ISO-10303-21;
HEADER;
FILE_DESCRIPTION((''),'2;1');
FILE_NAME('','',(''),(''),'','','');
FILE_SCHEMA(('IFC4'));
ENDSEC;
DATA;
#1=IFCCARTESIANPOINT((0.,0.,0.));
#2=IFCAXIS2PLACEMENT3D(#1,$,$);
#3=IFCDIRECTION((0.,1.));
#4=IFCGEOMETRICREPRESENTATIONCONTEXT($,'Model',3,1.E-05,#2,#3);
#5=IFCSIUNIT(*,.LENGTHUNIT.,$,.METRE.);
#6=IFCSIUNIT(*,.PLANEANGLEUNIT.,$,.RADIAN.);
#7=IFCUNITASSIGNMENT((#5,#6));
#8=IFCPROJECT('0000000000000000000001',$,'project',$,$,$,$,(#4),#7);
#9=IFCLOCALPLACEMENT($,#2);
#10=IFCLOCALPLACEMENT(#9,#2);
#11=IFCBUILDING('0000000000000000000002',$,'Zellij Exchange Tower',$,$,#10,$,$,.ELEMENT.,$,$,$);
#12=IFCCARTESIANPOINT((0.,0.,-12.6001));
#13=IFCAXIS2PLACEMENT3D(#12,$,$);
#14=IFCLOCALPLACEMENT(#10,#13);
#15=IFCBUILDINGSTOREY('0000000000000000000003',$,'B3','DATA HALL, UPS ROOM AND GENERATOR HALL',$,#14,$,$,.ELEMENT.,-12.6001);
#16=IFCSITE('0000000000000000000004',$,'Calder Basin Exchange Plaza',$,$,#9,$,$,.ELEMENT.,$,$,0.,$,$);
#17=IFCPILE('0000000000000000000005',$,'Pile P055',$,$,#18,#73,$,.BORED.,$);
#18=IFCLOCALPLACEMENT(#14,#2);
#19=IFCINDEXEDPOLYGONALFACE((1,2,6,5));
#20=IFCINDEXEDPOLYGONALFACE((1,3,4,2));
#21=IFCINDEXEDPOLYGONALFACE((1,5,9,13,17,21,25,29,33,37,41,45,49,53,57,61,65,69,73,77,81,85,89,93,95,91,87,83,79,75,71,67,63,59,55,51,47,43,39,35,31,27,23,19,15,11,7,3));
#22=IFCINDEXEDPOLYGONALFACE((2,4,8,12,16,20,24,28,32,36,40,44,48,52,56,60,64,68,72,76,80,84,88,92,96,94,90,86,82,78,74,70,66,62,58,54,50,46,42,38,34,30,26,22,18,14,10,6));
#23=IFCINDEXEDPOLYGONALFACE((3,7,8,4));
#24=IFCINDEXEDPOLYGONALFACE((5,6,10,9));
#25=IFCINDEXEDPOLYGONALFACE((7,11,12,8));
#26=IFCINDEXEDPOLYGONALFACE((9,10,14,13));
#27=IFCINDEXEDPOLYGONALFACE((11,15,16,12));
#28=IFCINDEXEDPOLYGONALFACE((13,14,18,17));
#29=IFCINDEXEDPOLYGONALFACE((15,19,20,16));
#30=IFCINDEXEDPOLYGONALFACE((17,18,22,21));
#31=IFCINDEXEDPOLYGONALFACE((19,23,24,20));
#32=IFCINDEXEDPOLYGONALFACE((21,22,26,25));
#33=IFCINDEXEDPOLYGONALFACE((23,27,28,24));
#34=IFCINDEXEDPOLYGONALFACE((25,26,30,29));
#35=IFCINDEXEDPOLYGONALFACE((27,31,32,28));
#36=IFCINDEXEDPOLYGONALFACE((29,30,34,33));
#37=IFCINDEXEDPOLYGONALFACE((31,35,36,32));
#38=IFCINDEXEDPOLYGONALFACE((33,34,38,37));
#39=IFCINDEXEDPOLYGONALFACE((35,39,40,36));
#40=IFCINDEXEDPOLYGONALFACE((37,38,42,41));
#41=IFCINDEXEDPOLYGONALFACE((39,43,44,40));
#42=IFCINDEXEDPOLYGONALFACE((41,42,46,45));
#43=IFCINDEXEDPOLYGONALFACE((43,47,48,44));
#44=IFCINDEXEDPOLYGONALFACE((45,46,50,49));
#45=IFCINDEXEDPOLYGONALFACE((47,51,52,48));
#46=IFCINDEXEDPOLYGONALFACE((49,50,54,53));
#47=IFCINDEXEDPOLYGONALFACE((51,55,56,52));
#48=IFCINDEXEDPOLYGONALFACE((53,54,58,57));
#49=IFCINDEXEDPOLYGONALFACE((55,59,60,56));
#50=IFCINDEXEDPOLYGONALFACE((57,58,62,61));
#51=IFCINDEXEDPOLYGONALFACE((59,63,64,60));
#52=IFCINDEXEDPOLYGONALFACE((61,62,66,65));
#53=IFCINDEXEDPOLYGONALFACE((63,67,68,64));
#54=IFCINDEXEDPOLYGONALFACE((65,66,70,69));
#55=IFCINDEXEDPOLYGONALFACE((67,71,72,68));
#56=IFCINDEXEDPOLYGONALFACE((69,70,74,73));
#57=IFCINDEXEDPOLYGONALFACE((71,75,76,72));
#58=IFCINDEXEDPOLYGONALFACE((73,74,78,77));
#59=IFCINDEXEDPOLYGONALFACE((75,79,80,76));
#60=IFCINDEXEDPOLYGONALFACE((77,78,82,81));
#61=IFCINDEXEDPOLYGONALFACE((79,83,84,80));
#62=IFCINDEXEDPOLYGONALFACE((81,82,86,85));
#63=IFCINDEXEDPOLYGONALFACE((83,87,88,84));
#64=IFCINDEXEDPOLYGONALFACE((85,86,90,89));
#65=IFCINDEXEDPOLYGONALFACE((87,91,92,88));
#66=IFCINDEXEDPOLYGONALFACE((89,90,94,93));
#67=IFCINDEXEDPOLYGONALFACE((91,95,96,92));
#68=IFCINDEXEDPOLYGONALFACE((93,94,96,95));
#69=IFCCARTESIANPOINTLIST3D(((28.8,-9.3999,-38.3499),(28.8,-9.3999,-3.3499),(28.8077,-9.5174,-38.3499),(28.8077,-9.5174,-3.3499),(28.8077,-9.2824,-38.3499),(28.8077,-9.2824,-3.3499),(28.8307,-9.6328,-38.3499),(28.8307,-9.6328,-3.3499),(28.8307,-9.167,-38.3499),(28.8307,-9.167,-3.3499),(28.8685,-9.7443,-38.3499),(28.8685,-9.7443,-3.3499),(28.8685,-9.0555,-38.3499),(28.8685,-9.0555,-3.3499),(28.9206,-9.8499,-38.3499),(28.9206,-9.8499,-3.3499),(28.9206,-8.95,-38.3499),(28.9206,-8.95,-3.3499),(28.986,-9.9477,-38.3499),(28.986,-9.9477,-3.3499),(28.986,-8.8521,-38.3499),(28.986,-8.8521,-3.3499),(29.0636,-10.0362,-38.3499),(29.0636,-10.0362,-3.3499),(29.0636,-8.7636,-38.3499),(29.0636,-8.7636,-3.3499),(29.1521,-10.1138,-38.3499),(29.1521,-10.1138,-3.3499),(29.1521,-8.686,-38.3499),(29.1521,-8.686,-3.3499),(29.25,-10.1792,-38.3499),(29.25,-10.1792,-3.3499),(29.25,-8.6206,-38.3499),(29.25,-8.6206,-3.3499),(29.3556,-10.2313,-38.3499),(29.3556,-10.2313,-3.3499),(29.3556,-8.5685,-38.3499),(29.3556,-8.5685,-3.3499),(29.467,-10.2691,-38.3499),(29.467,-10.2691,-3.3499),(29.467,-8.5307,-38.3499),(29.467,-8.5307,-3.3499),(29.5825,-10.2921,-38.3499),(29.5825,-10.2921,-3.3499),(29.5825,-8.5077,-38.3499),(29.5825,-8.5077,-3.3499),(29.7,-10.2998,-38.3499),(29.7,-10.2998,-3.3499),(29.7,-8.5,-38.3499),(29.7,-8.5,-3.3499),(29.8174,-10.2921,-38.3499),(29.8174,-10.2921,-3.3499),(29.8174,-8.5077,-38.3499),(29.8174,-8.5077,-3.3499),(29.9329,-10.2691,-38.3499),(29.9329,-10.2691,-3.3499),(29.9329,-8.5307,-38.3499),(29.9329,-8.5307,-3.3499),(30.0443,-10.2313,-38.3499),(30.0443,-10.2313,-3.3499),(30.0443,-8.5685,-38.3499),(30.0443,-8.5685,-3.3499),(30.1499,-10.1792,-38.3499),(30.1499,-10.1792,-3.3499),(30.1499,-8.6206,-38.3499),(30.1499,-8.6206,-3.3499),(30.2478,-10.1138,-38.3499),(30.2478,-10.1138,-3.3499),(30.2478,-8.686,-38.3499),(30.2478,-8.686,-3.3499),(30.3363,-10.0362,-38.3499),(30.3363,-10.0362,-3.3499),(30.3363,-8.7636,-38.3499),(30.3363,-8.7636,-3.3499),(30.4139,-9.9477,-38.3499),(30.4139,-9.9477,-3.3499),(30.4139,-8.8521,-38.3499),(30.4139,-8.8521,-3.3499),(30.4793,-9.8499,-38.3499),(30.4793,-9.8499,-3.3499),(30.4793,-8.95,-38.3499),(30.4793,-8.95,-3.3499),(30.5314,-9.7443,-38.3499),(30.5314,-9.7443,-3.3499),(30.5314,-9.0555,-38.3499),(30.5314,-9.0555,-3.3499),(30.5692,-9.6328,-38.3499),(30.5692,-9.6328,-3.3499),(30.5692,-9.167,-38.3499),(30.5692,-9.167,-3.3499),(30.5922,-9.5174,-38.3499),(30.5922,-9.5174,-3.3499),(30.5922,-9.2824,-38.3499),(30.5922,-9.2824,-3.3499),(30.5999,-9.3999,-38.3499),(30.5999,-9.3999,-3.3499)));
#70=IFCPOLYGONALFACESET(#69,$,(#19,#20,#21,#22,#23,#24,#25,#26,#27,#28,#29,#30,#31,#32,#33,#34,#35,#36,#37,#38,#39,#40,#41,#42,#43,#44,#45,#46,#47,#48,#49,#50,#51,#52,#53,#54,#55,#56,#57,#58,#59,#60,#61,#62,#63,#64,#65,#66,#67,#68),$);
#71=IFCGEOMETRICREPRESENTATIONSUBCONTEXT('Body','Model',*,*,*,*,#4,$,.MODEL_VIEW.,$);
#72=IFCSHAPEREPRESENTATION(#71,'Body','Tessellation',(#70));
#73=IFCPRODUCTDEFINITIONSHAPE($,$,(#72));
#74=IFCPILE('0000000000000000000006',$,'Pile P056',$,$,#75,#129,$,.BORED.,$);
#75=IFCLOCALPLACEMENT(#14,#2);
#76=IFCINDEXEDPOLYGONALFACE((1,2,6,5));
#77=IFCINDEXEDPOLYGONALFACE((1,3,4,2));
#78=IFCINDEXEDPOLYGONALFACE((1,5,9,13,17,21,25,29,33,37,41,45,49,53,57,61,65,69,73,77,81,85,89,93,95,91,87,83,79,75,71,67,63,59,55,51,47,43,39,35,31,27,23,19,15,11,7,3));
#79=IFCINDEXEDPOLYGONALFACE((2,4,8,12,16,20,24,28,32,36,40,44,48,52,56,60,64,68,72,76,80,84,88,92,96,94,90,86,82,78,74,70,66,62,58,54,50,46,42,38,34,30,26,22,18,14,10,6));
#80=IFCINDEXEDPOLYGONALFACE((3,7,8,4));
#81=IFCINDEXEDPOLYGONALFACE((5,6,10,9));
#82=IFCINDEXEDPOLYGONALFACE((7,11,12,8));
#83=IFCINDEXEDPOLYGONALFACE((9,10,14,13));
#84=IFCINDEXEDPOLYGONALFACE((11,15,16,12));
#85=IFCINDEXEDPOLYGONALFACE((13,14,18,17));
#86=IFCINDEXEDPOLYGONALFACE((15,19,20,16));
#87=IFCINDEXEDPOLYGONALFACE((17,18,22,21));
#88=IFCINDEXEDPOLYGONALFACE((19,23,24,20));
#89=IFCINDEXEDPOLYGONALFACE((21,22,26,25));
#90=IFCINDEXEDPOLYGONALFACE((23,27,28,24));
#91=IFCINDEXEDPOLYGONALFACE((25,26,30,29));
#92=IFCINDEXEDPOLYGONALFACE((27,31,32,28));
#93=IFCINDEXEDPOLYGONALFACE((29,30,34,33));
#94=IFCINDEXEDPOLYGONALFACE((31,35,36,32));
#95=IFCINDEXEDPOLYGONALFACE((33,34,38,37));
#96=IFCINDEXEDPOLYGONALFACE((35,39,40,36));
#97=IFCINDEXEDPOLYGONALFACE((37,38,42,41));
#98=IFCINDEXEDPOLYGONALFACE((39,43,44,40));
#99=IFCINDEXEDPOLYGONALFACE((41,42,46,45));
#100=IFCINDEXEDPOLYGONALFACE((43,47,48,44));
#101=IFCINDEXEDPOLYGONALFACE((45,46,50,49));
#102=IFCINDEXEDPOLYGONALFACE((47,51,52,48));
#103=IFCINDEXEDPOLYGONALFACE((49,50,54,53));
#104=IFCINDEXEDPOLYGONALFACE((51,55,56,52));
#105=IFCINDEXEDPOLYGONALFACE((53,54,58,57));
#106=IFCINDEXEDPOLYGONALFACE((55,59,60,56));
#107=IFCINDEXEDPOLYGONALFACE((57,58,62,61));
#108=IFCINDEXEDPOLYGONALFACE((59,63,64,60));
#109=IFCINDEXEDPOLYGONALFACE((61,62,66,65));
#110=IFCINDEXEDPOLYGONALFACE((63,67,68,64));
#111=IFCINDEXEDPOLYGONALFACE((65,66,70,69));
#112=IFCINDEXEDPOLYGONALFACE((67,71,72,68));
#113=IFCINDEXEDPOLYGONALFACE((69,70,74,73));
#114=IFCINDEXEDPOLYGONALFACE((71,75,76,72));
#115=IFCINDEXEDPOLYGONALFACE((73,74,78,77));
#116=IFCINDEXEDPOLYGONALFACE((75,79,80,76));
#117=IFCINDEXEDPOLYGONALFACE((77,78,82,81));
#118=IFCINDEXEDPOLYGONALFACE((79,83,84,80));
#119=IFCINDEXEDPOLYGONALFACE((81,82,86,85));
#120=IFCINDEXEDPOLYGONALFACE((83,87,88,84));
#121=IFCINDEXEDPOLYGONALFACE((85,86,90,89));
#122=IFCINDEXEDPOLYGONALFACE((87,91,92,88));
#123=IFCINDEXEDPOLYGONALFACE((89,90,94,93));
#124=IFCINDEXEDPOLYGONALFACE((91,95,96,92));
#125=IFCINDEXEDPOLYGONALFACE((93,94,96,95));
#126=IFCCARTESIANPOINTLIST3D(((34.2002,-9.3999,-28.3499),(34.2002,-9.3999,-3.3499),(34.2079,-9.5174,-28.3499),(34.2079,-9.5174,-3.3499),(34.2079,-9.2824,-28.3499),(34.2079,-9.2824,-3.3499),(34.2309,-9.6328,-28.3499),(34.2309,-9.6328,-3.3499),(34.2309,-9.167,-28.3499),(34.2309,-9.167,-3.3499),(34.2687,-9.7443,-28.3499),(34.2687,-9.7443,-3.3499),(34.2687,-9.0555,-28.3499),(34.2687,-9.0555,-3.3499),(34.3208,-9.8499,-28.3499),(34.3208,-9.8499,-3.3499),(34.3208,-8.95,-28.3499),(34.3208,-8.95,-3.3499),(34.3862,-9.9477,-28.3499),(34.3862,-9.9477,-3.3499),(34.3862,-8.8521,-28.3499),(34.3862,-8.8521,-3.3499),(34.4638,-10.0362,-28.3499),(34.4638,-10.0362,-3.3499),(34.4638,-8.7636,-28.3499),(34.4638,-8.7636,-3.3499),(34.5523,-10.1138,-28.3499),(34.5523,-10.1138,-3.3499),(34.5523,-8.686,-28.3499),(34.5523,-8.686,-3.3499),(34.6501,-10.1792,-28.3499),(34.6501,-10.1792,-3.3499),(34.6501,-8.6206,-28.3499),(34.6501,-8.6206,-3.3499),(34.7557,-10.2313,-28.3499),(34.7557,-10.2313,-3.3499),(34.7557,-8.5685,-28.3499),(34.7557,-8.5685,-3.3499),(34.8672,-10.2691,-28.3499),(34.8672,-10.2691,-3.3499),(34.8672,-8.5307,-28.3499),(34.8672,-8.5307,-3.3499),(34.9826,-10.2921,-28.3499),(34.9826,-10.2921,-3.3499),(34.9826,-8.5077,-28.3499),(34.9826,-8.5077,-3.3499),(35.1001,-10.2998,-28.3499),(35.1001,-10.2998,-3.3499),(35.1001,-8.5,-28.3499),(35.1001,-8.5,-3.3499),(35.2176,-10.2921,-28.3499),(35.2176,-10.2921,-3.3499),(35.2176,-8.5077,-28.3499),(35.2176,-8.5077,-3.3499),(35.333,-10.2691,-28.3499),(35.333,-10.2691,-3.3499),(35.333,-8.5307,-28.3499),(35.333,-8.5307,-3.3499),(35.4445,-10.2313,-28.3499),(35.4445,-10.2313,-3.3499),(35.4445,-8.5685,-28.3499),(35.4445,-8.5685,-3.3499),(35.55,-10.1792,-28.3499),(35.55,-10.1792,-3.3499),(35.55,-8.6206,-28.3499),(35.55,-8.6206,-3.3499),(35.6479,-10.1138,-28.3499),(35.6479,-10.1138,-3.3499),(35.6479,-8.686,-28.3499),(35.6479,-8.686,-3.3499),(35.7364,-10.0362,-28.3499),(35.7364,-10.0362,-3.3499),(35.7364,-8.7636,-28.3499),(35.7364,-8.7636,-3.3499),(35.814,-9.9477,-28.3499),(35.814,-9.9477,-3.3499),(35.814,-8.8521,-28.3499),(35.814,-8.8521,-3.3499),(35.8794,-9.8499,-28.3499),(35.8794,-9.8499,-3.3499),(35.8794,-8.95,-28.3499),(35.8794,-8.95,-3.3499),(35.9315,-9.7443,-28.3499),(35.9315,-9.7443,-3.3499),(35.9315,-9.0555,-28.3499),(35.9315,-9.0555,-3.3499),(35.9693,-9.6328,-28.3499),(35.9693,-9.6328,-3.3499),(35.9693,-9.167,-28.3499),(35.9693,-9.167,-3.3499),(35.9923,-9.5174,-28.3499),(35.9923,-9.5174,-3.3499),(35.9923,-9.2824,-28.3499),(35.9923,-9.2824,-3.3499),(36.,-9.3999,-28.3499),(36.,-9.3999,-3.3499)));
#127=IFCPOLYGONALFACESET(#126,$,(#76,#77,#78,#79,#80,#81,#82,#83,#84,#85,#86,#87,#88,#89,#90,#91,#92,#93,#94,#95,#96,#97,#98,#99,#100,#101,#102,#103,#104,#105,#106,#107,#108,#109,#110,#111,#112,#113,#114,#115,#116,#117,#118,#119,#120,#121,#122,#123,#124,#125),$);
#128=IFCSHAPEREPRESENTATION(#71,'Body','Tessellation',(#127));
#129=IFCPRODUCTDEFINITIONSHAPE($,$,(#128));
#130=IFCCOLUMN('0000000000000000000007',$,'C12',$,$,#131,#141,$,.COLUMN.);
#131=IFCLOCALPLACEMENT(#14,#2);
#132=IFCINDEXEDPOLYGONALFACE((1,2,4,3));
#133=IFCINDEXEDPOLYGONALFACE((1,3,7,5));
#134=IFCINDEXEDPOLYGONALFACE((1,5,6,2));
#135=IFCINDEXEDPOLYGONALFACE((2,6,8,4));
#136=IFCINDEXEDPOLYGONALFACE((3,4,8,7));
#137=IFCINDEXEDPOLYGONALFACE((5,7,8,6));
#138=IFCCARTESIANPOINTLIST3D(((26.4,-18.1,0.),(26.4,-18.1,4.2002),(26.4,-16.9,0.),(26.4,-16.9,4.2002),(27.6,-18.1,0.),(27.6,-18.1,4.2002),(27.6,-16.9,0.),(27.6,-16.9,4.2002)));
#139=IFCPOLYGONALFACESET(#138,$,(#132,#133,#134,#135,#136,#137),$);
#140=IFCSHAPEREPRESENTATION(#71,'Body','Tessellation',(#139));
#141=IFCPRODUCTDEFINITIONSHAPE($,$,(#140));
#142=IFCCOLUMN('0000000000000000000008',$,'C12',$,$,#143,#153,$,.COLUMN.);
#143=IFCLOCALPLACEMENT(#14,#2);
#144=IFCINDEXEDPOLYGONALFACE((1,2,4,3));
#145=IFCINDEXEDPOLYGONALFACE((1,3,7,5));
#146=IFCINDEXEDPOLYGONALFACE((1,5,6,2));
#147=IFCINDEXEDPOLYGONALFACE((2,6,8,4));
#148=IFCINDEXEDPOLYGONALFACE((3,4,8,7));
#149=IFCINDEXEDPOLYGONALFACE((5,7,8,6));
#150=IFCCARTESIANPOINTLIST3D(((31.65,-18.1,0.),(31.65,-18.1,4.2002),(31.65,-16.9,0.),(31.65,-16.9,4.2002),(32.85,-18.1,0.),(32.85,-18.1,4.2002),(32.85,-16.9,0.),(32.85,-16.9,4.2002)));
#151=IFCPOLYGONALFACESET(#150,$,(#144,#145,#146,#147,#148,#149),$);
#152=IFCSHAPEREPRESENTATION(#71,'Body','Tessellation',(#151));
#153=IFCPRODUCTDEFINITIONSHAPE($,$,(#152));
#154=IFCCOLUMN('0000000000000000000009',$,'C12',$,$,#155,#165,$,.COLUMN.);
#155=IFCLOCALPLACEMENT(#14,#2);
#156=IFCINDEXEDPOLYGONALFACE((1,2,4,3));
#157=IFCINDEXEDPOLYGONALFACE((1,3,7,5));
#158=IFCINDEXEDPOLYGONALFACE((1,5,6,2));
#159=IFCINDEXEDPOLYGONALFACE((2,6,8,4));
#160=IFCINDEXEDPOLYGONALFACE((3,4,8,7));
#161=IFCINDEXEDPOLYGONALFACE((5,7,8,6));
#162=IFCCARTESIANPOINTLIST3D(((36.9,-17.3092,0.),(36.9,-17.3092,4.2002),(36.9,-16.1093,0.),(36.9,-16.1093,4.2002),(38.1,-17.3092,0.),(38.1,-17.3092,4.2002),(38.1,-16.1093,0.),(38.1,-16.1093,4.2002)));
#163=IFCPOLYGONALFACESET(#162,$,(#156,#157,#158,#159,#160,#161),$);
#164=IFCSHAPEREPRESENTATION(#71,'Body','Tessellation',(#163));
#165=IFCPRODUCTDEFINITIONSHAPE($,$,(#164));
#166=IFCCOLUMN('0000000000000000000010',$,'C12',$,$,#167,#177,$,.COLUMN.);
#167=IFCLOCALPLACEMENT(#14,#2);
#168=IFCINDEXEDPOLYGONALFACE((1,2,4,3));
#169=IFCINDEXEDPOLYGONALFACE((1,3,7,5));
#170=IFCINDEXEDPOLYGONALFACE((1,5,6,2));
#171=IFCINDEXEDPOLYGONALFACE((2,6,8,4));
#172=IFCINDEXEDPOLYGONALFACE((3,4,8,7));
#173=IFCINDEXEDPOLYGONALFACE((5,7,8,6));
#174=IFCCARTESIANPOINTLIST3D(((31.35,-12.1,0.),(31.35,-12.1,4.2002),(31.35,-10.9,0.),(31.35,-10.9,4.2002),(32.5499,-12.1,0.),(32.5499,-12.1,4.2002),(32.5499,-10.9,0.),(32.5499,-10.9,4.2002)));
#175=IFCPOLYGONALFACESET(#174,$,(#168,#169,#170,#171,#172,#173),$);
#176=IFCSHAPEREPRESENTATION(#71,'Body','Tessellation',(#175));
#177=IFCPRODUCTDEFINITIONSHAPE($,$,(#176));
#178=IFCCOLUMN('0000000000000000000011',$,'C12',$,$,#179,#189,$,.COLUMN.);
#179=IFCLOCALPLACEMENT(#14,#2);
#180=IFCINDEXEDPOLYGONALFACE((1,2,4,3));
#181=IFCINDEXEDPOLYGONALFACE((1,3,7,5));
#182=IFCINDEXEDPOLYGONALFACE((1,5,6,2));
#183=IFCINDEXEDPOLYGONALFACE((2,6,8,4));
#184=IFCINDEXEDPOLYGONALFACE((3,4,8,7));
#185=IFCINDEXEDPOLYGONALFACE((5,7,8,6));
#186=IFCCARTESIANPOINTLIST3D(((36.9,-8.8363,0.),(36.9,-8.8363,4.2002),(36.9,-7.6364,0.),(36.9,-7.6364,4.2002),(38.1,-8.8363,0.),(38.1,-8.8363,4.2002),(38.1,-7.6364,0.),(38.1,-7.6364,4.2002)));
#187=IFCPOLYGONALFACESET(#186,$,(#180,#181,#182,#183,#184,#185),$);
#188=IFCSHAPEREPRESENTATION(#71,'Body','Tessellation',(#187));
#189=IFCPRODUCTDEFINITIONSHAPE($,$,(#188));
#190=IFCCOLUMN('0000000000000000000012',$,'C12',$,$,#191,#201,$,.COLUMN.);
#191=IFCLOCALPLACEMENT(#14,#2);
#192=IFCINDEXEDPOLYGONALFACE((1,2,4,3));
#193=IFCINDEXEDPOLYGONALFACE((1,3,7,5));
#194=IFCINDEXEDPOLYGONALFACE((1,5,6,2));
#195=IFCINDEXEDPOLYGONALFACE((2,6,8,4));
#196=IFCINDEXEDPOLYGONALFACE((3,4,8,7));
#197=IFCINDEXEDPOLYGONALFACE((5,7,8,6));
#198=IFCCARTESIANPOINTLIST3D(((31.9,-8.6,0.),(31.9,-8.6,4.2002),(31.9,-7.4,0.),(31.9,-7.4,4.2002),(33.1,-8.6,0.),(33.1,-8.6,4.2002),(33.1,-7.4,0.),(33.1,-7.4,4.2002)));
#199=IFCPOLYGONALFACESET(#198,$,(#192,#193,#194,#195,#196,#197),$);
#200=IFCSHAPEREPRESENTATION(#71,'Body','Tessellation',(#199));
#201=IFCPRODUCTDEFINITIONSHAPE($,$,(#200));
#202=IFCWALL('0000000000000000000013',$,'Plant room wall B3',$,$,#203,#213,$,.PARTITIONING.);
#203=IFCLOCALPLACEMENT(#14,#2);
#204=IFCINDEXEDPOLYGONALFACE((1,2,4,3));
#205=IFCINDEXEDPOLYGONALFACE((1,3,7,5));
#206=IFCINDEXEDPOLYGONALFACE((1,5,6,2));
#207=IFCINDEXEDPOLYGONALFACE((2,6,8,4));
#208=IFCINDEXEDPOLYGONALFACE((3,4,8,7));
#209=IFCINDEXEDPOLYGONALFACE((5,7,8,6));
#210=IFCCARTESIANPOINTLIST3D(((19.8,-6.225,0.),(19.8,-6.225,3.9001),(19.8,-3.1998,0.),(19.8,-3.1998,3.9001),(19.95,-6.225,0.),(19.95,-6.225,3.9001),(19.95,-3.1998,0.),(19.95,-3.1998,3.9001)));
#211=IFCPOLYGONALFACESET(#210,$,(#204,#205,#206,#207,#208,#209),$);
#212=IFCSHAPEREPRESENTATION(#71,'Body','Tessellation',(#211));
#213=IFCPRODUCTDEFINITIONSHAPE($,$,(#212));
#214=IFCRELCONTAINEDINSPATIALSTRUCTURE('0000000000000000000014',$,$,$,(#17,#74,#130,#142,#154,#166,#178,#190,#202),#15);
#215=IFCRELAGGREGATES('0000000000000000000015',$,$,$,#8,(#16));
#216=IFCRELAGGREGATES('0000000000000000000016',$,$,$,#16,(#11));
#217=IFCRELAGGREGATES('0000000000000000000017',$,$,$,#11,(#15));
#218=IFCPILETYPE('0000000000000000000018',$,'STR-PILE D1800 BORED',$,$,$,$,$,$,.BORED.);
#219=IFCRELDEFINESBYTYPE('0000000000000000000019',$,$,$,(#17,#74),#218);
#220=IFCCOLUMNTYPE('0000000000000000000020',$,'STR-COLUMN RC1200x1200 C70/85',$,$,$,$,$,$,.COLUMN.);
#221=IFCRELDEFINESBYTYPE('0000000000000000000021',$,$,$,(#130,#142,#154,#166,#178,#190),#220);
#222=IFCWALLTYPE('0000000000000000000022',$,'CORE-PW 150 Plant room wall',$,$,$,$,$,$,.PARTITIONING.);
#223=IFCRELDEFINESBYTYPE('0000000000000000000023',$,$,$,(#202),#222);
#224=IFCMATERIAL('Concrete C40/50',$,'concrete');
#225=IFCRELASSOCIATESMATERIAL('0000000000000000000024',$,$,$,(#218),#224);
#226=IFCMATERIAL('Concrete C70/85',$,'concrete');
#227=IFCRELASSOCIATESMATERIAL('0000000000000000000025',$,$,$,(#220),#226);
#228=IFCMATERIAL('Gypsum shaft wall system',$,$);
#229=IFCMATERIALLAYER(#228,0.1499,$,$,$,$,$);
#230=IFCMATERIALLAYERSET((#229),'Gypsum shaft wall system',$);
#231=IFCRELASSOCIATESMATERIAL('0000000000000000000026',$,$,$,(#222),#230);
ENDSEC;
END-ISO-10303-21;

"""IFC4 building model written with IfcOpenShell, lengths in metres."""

from ifc_helpers import new_model, si_unit, direction, frame, frame_2d, origin, origin_2d, place, context, subcontext, project, spatial, rectangle, circle, extrude, material, layer, layer_set, material_profile, profile_set, type_object, element, save


model = new_model("IFC4")

# Units and contexts
model_context = context("Model", 3, precision=1e-05, world=origin(), true_north=direction((0.0, 1.0)))
body_context = subcontext(model_context, "Body", "Model", "MODEL_VIEW")
ifc_project = project(units=[si_unit("LENGTHUNIT", "METRE"), si_unit("PLANEANGLEUNIT", "RADIAN")], contexts=[model_context])

# Site, building, storey
site_placement = place(None, origin())
site = spatial("IfcSite", under=ifc_project, at=site_placement, Name="Calder Basin Exchange Plaza", CompositionType="ELEMENT", RefElevation=0.0)
building_placement = place(site_placement, origin())
building = spatial("IfcBuilding", under=site, at=building_placement, Name="Zellij Exchange Tower", CompositionType="ELEMENT")
storey_placement = place(building_placement, frame((0.0, 0.0, -12.6001)))
storey = spatial("IfcBuildingStorey", under=building, at=storey_placement, Name="B3", Description="DATA HALL, UPS ROOM AND GENERATOR HALL", CompositionType="ELEMENT", Elevation=-12.6001)

# Piles
ifc_material_1 = material(Name="Concrete C40/50", Category="concrete")
ifc_material_profile_1 = material_profile(ifc_material_1, circle(Radius=0.8999, at=origin_2d()), Name="STR-PILE D1800 BORED")
ifc_profile_set_1 = profile_set([ifc_material_profile_1], Name="Concrete C40/50")
pile_type = type_object("IfcPileType", Name="STR-PILE D1800 BORED", PredefinedType="BORED", material=ifc_profile_set_1)
pile_1_placement = place(storey_placement, frame((29.7, -9.3999, -3.3499), z_axis=(0.0, 0.0, -1.0), x_axis=(1.0, 0.0, 0.0)))
element("IfcPile", 1, at=pile_1_placement, inside=storey, type_object=pile_type, Name="Pile P055", PredefinedType="BORED", context=body_context, shape_type="SweptSolid", body=[
    extrude(circle(Radius=0.8999, at=origin_2d()), origin(), (0.0, 0.0, 1.0), 35.0),
])
pile_2_placement = place(storey_placement, frame((35.1001, -9.3999, -3.3499), z_axis=(0.0, 0.0, -1.0), x_axis=(1.0, 0.0, 0.0)))
element("IfcPile", 2, at=pile_2_placement, inside=storey, type_object=pile_type, Name="Pile P056", PredefinedType="BORED", context=body_context, shape_type="SweptSolid", body=[
    extrude(circle(Radius=0.8999, at=origin_2d()), origin(), (0.0, 0.0, 1.0), 25.0),
])

# Columns
ifc_material_2 = material(Name="Concrete C70/85", Category="concrete")
ifc_material_profile_2 = material_profile(ifc_material_2, rectangle(XDim=1.2, YDim=1.2, at=origin_2d()), Name="STR-COLUMN RC1200x1200 C70/85")
ifc_profile_set_2 = profile_set([ifc_material_profile_2], Name="Concrete C70/85")
column_type = type_object("IfcColumnType", Name="STR-COLUMN RC1200x1200 C70/85", PredefinedType="COLUMN", material=ifc_profile_set_2)
for number, where, z_axis, x_axis, name in (
    (3, (27.0, -17.5, 0.0), (0.0, 0.0, 1.0), (1.0, 0.0, 0.0), "C12"),
    (4, (32.25, -17.5, 0.0), (0.0, 0.0, 1.0), (1.0, 0.0, 0.0), "C12"),
    (5, (37.5, -16.7092, 0.0), (0.0, 0.0, 1.0), (1.0, 0.0, 0.0), "C12"),
    (6, (31.95, -11.5, 0.0), (0.0, 0.0, 1.0), (1.0, 0.0, 0.0), "C12"),
    (7, (37.5, -8.2363, 0.0), (0.0, 0.0, 1.0), (1.0, 0.0, 0.0), "C12"),
    (8, (32.5, -8.0, 0.0), (0.0, 0.0, 1.0), (1.0, 0.0, 0.0), "C12"),
):
    element("IfcColumn", number, at=place(storey_placement, frame(where, z_axis=z_axis, x_axis=x_axis)), inside=storey, type_object=column_type, Name=name, PredefinedType="COLUMN", context=body_context, shape_type="SweptSolid", body=[
        extrude(rectangle(XDim=1.2, YDim=1.2, at=origin_2d()), origin(), (0.0, 0.0, 1.0), 4.2002),
    ])

# Wall
ifc_material_3 = material(Name="Gypsum shaft wall system")
ifc_layer_1 = layer(ifc_material_3, 0.1499)
ifc_layer_set_1 = layer_set([ifc_layer_1], Name="Gypsum shaft wall system")
wall_type_1 = type_object("IfcWallType", Name="CORE-PW 150 Plant room wall", PredefinedType="PARTITIONING", material=ifc_layer_set_1)
for number, where, z_axis, x_axis, name in (
    (9, (19.875, -6.2251, 0.0), (0.0, 0.0, 1.0), (0.0, 1.0, 0.0), "Plant room wall B3"),
):
    element("IfcWall", number, at=place(storey_placement, frame(where, z_axis=z_axis, x_axis=x_axis)), inside=storey, type_object=wall_type_1, Name=name, PredefinedType="PARTITIONING", context=body_context, shape_type="SweptSolid", body=[
        extrude(rectangle(XDim=3.0251, YDim=0.1499, at=frame_2d((1.5127, 0.0))), origin(), (0.0, 0.0, 1.0), 3.9001),
    ])

save(model, "model.ifc")
